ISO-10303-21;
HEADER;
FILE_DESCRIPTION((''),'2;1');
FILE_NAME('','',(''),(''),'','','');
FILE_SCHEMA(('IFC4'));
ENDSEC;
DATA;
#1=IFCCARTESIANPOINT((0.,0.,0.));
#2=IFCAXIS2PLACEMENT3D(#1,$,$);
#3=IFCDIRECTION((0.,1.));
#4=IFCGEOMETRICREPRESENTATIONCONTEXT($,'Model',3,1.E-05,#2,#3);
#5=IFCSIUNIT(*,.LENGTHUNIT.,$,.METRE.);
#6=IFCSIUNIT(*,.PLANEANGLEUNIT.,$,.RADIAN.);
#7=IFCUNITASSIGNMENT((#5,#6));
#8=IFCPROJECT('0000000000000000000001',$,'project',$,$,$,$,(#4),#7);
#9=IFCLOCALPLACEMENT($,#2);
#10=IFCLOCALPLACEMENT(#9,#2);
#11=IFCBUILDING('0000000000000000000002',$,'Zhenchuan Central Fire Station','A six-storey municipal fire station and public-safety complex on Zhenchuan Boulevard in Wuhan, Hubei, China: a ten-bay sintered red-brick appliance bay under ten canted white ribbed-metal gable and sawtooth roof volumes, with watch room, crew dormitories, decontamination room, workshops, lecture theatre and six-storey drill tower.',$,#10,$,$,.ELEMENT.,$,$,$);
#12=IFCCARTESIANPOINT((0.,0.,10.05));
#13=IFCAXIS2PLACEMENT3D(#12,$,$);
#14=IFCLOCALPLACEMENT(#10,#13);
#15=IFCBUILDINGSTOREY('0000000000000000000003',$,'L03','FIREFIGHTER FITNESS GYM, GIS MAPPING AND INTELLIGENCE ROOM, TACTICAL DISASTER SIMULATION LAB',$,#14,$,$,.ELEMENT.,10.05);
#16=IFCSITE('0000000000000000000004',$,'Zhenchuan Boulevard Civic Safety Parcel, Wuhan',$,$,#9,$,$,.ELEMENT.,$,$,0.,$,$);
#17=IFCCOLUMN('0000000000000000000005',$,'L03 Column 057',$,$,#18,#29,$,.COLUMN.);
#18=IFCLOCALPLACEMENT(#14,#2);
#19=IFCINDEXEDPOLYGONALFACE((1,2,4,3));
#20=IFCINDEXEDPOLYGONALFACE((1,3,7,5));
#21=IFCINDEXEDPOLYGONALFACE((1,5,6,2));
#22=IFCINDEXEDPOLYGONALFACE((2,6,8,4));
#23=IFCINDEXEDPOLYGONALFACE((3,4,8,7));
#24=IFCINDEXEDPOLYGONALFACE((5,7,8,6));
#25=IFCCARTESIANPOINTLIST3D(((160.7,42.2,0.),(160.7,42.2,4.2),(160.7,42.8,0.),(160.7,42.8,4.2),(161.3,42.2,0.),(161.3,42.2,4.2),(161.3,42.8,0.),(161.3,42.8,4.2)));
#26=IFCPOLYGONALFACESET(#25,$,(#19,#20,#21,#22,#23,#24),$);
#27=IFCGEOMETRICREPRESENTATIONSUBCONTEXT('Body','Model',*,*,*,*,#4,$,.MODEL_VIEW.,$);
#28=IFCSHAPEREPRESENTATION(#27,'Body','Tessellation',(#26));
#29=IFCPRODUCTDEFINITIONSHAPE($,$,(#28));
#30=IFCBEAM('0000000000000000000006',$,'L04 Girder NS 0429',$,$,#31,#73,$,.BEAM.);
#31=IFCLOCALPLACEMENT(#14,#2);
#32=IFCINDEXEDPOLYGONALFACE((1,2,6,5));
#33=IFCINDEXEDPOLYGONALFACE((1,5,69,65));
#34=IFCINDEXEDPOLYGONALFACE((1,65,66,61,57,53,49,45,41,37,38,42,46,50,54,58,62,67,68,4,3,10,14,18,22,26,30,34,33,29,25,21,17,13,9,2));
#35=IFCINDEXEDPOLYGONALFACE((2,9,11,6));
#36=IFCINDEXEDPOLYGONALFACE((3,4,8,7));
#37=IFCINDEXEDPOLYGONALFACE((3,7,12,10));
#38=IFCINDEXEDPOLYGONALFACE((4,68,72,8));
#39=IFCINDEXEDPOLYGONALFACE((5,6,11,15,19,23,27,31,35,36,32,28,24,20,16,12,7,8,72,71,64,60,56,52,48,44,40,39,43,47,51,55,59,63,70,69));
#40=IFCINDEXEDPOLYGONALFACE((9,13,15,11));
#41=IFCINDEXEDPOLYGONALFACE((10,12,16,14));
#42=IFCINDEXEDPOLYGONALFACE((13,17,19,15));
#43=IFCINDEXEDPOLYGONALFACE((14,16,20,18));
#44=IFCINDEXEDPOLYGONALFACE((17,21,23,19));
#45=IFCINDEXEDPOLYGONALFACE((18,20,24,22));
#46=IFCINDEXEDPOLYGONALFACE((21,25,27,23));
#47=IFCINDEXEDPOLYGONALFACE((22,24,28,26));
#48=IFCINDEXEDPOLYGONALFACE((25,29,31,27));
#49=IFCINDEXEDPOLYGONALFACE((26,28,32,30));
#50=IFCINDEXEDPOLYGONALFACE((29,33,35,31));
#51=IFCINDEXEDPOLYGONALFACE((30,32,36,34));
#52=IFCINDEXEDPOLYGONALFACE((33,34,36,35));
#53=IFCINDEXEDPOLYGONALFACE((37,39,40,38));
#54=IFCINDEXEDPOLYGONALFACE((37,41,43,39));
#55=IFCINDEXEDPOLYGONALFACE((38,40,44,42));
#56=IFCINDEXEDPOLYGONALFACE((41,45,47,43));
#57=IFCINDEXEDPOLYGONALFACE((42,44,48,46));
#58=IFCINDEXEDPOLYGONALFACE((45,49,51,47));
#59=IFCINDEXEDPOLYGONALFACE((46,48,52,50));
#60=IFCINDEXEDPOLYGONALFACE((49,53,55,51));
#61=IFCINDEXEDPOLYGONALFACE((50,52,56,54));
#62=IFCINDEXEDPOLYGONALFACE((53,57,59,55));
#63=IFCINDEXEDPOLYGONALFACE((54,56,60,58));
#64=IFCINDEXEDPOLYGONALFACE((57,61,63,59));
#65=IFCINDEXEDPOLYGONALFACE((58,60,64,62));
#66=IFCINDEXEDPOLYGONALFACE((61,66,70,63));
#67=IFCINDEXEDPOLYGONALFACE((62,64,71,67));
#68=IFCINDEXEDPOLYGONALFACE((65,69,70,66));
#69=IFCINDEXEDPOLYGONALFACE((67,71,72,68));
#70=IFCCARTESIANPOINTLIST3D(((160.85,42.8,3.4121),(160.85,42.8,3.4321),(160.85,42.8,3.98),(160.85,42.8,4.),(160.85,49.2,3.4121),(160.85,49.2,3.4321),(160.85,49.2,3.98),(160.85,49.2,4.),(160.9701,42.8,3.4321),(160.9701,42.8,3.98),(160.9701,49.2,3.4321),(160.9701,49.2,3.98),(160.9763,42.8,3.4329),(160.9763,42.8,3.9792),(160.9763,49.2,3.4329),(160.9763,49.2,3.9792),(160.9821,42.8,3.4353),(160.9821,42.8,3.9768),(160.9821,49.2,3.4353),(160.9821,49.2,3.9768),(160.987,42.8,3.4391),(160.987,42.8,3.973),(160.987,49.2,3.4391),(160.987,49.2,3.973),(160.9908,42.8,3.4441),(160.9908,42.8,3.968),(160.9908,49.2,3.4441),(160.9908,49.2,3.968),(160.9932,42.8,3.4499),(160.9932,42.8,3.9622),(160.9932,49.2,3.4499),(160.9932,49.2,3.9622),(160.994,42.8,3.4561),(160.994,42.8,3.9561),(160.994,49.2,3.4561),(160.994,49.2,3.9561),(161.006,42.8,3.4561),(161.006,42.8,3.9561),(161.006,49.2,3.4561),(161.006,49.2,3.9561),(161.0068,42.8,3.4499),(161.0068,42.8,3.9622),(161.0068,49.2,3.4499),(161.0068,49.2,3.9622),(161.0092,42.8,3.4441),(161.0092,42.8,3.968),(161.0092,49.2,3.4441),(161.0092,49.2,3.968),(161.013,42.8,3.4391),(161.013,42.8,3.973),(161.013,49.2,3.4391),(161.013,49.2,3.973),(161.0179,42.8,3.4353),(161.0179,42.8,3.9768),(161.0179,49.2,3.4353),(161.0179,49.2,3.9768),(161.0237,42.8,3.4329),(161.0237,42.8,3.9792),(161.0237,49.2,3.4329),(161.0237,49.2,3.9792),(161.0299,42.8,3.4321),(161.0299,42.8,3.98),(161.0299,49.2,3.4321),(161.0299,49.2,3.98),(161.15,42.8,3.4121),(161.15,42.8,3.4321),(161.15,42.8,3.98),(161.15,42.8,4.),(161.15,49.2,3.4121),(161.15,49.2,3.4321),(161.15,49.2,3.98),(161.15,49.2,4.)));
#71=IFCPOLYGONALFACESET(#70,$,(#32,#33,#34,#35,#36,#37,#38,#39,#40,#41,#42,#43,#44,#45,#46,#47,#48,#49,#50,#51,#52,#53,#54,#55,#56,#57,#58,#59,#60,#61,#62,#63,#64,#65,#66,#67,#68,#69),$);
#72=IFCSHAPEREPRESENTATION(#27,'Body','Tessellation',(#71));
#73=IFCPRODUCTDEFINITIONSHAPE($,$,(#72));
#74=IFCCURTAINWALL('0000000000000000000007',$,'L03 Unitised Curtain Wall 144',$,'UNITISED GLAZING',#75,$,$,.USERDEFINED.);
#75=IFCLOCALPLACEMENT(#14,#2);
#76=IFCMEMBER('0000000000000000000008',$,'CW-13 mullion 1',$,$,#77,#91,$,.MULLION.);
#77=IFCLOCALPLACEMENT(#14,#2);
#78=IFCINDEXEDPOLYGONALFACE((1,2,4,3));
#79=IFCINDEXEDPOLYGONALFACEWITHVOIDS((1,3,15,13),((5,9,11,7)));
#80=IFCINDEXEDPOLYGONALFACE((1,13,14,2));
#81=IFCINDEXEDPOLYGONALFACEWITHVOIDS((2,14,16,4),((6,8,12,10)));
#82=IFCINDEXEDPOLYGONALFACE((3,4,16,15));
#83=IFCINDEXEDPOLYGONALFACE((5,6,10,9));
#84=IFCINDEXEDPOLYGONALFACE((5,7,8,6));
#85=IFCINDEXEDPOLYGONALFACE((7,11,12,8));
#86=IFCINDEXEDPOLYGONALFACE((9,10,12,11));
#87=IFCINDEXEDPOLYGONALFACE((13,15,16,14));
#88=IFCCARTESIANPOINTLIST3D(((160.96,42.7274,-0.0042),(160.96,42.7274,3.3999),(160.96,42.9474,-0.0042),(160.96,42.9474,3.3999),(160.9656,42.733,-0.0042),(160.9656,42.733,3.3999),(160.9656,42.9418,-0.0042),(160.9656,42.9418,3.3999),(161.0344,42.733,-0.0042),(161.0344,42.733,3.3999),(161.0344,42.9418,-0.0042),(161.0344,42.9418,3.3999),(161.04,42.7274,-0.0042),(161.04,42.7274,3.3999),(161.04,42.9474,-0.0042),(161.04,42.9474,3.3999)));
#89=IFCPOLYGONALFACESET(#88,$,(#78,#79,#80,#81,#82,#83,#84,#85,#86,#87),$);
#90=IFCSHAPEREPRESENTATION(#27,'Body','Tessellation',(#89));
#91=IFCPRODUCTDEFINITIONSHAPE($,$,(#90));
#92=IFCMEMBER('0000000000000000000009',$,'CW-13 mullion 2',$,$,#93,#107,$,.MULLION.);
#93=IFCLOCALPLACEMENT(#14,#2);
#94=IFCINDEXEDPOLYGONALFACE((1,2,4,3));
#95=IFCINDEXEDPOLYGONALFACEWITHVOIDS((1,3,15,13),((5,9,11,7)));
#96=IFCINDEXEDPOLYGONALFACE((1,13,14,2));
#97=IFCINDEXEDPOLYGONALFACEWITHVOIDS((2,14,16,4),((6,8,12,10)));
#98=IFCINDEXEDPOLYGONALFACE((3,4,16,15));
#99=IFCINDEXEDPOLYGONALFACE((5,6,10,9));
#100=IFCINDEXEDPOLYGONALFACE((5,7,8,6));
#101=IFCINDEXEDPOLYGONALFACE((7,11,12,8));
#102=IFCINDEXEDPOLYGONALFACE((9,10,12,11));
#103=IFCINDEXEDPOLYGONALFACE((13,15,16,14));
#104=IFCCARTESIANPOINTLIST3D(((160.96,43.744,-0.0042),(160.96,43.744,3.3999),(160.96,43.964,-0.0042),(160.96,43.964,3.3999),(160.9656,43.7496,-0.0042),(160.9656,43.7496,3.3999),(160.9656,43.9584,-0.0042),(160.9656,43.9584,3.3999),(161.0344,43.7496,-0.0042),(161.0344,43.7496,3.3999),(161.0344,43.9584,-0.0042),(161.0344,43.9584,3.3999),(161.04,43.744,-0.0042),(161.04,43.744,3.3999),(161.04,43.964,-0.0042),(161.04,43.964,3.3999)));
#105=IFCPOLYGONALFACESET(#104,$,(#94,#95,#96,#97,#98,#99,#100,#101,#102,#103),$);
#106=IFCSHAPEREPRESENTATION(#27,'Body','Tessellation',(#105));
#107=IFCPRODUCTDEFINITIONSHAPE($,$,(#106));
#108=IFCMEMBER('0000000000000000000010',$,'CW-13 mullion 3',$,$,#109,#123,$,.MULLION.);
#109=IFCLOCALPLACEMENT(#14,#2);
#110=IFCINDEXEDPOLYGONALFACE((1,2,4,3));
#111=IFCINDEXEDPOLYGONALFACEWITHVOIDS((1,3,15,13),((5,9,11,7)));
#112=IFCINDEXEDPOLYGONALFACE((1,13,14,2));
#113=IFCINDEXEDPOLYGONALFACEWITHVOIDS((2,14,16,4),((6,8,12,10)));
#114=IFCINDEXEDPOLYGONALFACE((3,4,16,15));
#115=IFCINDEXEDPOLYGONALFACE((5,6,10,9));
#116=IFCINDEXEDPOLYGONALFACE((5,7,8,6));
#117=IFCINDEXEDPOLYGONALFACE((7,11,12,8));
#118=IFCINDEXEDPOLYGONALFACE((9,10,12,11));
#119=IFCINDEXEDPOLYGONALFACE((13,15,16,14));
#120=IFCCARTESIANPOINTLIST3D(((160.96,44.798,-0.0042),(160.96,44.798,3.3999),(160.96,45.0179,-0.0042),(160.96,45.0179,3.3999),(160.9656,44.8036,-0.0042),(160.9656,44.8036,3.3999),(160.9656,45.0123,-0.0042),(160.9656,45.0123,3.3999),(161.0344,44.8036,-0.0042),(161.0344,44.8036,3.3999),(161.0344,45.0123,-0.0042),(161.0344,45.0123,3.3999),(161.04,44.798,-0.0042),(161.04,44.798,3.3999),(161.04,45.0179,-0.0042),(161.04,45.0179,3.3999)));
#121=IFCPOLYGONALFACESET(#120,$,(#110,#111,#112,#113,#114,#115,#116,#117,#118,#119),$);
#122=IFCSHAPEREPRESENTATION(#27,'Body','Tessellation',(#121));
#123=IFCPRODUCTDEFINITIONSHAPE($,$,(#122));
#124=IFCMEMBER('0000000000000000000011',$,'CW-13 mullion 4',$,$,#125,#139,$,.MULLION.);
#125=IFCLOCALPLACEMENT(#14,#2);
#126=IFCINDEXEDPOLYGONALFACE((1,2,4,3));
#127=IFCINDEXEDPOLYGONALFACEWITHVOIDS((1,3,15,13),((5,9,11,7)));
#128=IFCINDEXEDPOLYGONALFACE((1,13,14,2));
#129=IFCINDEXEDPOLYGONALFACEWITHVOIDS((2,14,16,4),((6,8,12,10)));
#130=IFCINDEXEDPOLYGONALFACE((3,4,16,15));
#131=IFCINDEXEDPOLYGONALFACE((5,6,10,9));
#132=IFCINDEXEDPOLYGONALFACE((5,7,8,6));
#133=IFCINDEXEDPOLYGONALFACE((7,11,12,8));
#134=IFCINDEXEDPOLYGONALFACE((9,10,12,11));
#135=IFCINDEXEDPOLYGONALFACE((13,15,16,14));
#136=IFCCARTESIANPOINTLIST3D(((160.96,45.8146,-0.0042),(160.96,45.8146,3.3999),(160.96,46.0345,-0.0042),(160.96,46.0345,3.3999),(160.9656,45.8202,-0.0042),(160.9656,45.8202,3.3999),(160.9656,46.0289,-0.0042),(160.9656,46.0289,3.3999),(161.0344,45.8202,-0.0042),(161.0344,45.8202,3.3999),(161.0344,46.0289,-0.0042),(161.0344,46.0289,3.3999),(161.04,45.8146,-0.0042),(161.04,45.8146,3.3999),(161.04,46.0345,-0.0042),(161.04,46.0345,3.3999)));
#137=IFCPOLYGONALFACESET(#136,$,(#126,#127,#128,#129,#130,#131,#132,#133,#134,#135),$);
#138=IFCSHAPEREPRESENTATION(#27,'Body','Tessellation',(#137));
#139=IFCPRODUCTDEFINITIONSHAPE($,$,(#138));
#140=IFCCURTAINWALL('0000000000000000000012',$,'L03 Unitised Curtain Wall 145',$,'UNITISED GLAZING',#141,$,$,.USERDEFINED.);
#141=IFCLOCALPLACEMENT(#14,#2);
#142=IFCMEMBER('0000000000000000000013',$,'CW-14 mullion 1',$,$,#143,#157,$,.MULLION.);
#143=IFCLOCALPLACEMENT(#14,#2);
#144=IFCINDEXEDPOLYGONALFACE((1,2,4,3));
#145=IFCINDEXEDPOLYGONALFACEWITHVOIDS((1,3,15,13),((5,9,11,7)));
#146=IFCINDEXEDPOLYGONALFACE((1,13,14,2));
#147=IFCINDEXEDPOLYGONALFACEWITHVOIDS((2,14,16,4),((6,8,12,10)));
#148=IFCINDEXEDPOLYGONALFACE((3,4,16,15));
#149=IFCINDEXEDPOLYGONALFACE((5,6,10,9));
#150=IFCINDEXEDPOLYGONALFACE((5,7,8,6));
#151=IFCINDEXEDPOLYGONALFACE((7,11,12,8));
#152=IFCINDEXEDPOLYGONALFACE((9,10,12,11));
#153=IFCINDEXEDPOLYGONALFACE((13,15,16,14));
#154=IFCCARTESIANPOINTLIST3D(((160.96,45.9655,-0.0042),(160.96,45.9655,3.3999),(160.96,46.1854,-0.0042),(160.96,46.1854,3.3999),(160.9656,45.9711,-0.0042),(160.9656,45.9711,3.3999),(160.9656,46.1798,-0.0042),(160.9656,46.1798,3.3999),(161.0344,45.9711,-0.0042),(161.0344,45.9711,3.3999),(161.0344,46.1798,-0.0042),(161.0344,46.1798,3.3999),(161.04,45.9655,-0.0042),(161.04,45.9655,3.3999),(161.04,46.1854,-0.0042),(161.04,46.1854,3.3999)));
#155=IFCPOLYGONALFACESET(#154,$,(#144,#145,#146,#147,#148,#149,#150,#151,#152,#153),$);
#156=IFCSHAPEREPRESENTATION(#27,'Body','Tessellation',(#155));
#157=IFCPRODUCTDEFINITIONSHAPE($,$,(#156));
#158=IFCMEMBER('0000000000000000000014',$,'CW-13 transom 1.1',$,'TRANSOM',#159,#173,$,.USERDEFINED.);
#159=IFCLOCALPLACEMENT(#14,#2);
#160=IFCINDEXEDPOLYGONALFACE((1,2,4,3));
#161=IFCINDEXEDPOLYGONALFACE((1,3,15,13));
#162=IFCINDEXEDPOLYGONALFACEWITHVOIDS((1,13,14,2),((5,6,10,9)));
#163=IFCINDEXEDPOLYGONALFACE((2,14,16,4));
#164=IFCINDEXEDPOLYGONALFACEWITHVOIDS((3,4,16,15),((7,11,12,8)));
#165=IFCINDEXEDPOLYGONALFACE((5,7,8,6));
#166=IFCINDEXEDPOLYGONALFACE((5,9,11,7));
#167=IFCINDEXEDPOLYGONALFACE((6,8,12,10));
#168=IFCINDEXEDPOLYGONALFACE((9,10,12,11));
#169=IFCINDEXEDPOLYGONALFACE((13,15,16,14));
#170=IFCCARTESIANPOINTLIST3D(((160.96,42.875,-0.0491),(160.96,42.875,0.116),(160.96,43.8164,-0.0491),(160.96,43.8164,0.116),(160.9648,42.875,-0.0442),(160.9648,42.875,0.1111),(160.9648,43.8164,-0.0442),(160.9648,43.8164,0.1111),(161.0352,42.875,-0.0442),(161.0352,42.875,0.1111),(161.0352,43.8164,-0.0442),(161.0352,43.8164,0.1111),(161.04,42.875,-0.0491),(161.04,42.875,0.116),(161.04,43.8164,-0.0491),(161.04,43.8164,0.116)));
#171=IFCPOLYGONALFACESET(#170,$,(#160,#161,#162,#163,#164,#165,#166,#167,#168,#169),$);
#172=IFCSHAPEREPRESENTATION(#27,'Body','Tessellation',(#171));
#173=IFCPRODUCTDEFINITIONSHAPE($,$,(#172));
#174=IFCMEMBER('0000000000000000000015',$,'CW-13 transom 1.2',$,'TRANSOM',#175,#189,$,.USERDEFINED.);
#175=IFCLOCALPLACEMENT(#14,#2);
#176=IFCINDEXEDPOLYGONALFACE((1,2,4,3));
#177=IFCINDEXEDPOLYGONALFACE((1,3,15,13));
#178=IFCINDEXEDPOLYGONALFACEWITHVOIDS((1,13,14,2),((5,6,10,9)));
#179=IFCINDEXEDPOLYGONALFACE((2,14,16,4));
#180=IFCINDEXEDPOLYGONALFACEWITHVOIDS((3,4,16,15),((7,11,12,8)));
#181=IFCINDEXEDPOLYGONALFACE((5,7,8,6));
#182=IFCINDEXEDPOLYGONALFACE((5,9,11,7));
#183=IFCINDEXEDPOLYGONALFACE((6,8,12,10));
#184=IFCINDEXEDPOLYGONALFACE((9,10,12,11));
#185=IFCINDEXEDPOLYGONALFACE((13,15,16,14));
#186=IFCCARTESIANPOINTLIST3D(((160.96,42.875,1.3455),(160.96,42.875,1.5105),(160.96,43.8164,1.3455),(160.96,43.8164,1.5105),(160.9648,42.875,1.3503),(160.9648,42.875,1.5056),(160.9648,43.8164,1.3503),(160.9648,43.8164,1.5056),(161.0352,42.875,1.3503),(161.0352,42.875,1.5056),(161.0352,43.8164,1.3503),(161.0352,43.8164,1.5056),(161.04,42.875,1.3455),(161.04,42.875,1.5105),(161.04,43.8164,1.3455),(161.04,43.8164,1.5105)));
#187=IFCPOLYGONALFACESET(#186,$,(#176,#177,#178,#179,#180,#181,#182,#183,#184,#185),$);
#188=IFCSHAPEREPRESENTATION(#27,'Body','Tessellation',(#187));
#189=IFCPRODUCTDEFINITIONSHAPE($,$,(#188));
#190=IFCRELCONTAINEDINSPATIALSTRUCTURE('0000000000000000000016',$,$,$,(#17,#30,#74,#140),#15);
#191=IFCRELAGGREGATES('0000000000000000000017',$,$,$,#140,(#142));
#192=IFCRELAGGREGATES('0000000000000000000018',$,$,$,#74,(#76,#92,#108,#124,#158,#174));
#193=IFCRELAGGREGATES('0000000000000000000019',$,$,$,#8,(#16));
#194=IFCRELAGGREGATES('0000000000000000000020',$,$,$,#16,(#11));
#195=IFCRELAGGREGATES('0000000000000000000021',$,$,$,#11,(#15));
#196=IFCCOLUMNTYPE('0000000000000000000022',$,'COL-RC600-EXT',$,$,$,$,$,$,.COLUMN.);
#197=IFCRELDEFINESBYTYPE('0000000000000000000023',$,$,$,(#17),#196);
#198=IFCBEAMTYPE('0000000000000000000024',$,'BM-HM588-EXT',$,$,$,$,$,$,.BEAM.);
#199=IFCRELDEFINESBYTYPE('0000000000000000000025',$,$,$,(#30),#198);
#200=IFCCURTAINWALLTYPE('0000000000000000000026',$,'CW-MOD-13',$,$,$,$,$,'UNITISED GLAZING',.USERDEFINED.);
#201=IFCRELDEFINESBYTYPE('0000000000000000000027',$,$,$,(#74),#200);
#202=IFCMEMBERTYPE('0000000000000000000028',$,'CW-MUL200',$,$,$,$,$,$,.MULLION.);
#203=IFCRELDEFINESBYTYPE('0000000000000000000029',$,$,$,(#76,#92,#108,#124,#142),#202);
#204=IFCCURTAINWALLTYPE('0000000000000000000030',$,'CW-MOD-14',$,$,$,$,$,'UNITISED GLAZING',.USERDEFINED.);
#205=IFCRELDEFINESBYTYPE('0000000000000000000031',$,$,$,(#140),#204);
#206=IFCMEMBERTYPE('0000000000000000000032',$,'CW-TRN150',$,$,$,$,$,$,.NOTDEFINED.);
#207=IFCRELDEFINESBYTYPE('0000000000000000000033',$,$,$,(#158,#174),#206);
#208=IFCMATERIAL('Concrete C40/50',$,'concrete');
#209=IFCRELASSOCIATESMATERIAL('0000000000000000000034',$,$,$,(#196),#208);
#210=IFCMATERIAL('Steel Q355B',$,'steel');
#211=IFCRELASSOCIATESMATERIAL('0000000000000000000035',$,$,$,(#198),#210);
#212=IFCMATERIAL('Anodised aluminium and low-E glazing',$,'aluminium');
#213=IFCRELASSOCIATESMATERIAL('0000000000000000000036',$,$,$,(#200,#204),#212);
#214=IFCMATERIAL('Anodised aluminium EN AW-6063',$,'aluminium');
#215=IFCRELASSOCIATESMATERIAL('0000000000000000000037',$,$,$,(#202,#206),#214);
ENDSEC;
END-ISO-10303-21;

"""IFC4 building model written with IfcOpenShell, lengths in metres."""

from ifc_helpers import new_model, si_unit, direction, frame, origin, origin_2d, place, context, subcontext, project, spatial, rectangle, hollow_rectangle, i_section, extrude, material, material_profile, profile_set, type_object, element, aggregate, save


model = new_model("IFC4")

# Units and contexts
model_context = context("Model", 3, precision=1e-05, world=origin(), true_north=direction((0.0, 1.0)))
body_context = subcontext(model_context, "Body", "Model", "MODEL_VIEW")
ifc_project = project(units=[si_unit("LENGTHUNIT", "METRE"), si_unit("PLANEANGLEUNIT", "RADIAN")], contexts=[model_context])

# Site, building, storey
site_placement = place(None, origin())
site = spatial("IfcSite", under=ifc_project, at=site_placement, Name="Zhenchuan Boulevard Civic Safety Parcel, Wuhan", CompositionType="ELEMENT", RefElevation=0.0)
building_placement = place(site_placement, origin())
building = spatial("IfcBuilding", under=site, at=building_placement, Name="Zhenchuan Central Fire Station", Description="A six-storey municipal fire station and public-safety complex on Zhenchuan Boulevard in Wuhan, Hubei, China: a ten-bay sintered red-brick appliance bay under ten canted white ribbed-metal gable and sawtooth roof volumes, with watch room, crew dormitories, decontamination room, workshops, lecture theatre and six-storey drill tower.", CompositionType="ELEMENT")
storey_placement = place(building_placement, frame((0.0, 0.0, 10.05)))
storey = spatial("IfcBuildingStorey", under=building, at=storey_placement, Name="L03", Description="FIREFIGHTER FITNESS GYM, GIS MAPPING AND INTELLIGENCE ROOM, TACTICAL DISASTER SIMULATION LAB", CompositionType="ELEMENT", Elevation=10.05)

# Column
ifc_material_1 = material(Name="Concrete C40/50", Category="concrete")
ifc_material_profile_1 = material_profile(ifc_material_1, rectangle(XDim=0.6001, YDim=0.6001, at=origin_2d()), Name="RC 600x600")
ifc_profile_set_1 = profile_set([ifc_material_profile_1], Name="Concrete C40/50")
column_type = type_object("IfcColumnType", Name="COL-RC600-EXT", PredefinedType="COLUMN", material=ifc_profile_set_1)
column_placement = place(storey_placement, frame((161.0, 42.5, 0.0), z_axis=(0.0, 0.0, 1.0), x_axis=(1.0, 0.0, 0.0)))
element("IfcColumn", 1, at=column_placement, inside=storey, type_object=column_type, Name="L03 Column 057", PredefinedType="COLUMN", context=body_context, shape_type="SweptSolid", body=[
    extrude(rectangle(XDim=0.6001, YDim=0.6001, at=origin_2d()), origin(), (0.0, 0.0, 1.0), 4.2),
])

# Beam
ifc_material_2 = material(Name="Steel Q355B", Category="steel")
ifc_material_profile_2 = material_profile(ifc_material_2, i_section(OverallWidth=0.3, OverallDepth=0.5879, WebThickness=0.012, FlangeThickness=0.02, FilletRadius=0.0239, at=origin_2d()), Name="HM 588x300")
ifc_profile_set_2 = profile_set([ifc_material_profile_2], Name="Steel Q355B")
beam_type_1 = type_object("IfcBeamType", Name="BM-HM588-EXT", PredefinedType="BEAM", material=ifc_profile_set_2)
beam_1_placement = place(storey_placement, frame((161.0, 42.8, 3.7061), z_axis=(0.0, 1.0, 0.0), x_axis=(-1.0, 0.0, 0.0)))
element("IfcBeam", 2, at=beam_1_placement, inside=storey, type_object=beam_type_1, Name="L04 Girder NS 0429", PredefinedType="BEAM", context=body_context, shape_type="SweptSolid", body=[
    extrude(i_section(OverallWidth=0.3, OverallDepth=0.5879, WebThickness=0.012, FlangeThickness=0.02, FilletRadius=0.0239, at=origin_2d()), origin(), (0.0, 0.0, 1.0), 6.3999),
])

# Curtain wall, members
ifc_material_3 = material(Name="Anodised aluminium and low-E glazing", Category="aluminium")
curtain_wall_type_1 = type_object("IfcCurtainWallType", Name="CW-MOD-13", ElementType="UNITISED GLAZING", PredefinedType="USERDEFINED", material=ifc_material_3)
curtain_wall_1_placement = place(storey_placement, origin())
curtain_wall_1 = element("IfcCurtainWall", 3, at=curtain_wall_1_placement, inside=storey, type_object=curtain_wall_type_1, Name="L03 Unitised Curtain Wall 144", ObjectType="UNITISED GLAZING", PredefinedType="USERDEFINED")
ifc_material_4 = material(Name="Anodised aluminium EN AW-6063", Category="aluminium")
ifc_material_profile_3 = material_profile(ifc_material_4, hollow_rectangle(XDim=0.0801, YDim=0.22, WallThickness=0.0056, at=origin_2d()), Name="ALU-M 220x80")
ifc_profile_set_3 = profile_set([ifc_material_profile_3], Name="Anodised aluminium EN AW-6063")
member_type_1 = type_object("IfcMemberType", Name="CW-MUL200", PredefinedType="MULLION", material=ifc_profile_set_3)
member_1_placement = place(storey_placement, frame((161.0, 42.8374, -0.0042), z_axis=(0.0, 0.0, 1.0), x_axis=(-1.0, 0.0, 0.0)))
member_1 = element("IfcMember", 4, at=member_1_placement, type_object=member_type_1, Name="CW-13 mullion 1", PredefinedType="MULLION", context=body_context, shape_type="SweptSolid", body=[
    extrude(hollow_rectangle(XDim=0.0801, YDim=0.22, WallThickness=0.0056, at=origin_2d()), origin(), (0.0, 0.0, 1.0), 3.4041),
])
member_2_placement = place(storey_placement, frame((161.0, 43.854, -0.0042), z_axis=(0.0, 0.0, 1.0), x_axis=(-1.0, 0.0, 0.0)))
member_2 = element("IfcMember", 5, at=member_2_placement, type_object=member_type_1, Name="CW-13 mullion 2", PredefinedType="MULLION", context=body_context, shape_type="SweptSolid", body=[
    extrude(hollow_rectangle(XDim=0.0801, YDim=0.22, WallThickness=0.0056, at=origin_2d()), origin(), (0.0, 0.0, 1.0), 3.4041),
])
member_3_placement = place(storey_placement, frame((161.0, 44.908, -0.0042), z_axis=(0.0, 0.0, 1.0), x_axis=(-1.0, 0.0, 0.0)))
member_3 = element("IfcMember", 6, at=member_3_placement, type_object=member_type_1, Name="CW-13 mullion 3", PredefinedType="MULLION", context=body_context, shape_type="SweptSolid", body=[
    extrude(hollow_rectangle(XDim=0.0801, YDim=0.22, WallThickness=0.0056, at=origin_2d()), origin(), (0.0, 0.0, 1.0), 3.4041),
])
member_4_placement = place(storey_placement, frame((161.0, 45.9246, -0.0042), z_axis=(0.0, 0.0, 1.0), x_axis=(-1.0, 0.0, 0.0)))
member_4 = element("IfcMember", 7, at=member_4_placement, type_object=member_type_1, Name="CW-13 mullion 4", PredefinedType="MULLION", context=body_context, shape_type="SweptSolid", body=[
    extrude(hollow_rectangle(XDim=0.0801, YDim=0.22, WallThickness=0.0056, at=origin_2d()), origin(), (0.0, 0.0, 1.0), 3.4041),
])

# Curtain wall, member
curtain_wall_type_2 = type_object("IfcCurtainWallType", Name="CW-MOD-14", ElementType="UNITISED GLAZING", PredefinedType="USERDEFINED", material=ifc_material_3)
curtain_wall_2_placement = place(storey_placement, origin())
curtain_wall_2 = element("IfcCurtainWall", 8, at=curtain_wall_2_placement, inside=storey, type_object=curtain_wall_type_2, Name="L03 Unitised Curtain Wall 145", ObjectType="UNITISED GLAZING", PredefinedType="USERDEFINED")
member_5_placement = place(storey_placement, frame((161.0, 46.0754, -0.0042), z_axis=(0.0, 0.0, 1.0), x_axis=(-1.0, 0.0, 0.0)))
member_5 = element("IfcMember", 9, at=member_5_placement, type_object=member_type_1, Name="CW-14 mullion 1", PredefinedType="MULLION", context=body_context, shape_type="SweptSolid", body=[
    extrude(hollow_rectangle(XDim=0.0801, YDim=0.22, WallThickness=0.0056, at=origin_2d()), origin(), (0.0, 0.0, 1.0), 3.4041),
])

# Members
ifc_material_profile_4 = material_profile(ifc_material_4, hollow_rectangle(XDim=0.0801, YDim=0.165, WallThickness=0.0049, at=origin_2d()), Name="ALU-T 165x80")
ifc_profile_set_4 = profile_set([ifc_material_profile_4], Name="Anodised aluminium EN AW-6063")
member_type_2 = type_object("IfcMemberType", Name="CW-TRN150", PredefinedType="NOTDEFINED", material=ifc_profile_set_4)
member_6_placement = place(storey_placement, frame((161.0, 42.875, 0.0334), z_axis=(0.0, 1.0, 0.0), x_axis=(-1.0, 0.0, 0.0)))
member_6 = element("IfcMember", 10, at=member_6_placement, type_object=member_type_2, Name="CW-13 transom 1.1", ObjectType="TRANSOM", PredefinedType="USERDEFINED", context=body_context, shape_type="SweptSolid", body=[
    extrude(hollow_rectangle(XDim=0.0801, YDim=0.165, WallThickness=0.0049, at=origin_2d()), origin(), (0.0, 0.0, 1.0), 0.9414),
])
member_7_placement = place(storey_placement, frame((161.0, 42.875, 1.428), z_axis=(0.0, 1.0, 0.0), x_axis=(-1.0, 0.0, 0.0)))
member_7 = element("IfcMember", 11, at=member_7_placement, type_object=member_type_2, Name="CW-13 transom 1.2", ObjectType="TRANSOM", PredefinedType="USERDEFINED", context=body_context, shape_type="SweptSolid", body=[
    extrude(hollow_rectangle(XDim=0.0801, YDim=0.165, WallThickness=0.0049, at=origin_2d()), origin(), (0.0, 0.0, 1.0), 0.9414),
])
aggregate(curtain_wall_2, [member_5])

aggregate(curtain_wall_1, [member_1, member_2, member_3, member_4, member_6, member_7])

save(model, "model.ifc")
